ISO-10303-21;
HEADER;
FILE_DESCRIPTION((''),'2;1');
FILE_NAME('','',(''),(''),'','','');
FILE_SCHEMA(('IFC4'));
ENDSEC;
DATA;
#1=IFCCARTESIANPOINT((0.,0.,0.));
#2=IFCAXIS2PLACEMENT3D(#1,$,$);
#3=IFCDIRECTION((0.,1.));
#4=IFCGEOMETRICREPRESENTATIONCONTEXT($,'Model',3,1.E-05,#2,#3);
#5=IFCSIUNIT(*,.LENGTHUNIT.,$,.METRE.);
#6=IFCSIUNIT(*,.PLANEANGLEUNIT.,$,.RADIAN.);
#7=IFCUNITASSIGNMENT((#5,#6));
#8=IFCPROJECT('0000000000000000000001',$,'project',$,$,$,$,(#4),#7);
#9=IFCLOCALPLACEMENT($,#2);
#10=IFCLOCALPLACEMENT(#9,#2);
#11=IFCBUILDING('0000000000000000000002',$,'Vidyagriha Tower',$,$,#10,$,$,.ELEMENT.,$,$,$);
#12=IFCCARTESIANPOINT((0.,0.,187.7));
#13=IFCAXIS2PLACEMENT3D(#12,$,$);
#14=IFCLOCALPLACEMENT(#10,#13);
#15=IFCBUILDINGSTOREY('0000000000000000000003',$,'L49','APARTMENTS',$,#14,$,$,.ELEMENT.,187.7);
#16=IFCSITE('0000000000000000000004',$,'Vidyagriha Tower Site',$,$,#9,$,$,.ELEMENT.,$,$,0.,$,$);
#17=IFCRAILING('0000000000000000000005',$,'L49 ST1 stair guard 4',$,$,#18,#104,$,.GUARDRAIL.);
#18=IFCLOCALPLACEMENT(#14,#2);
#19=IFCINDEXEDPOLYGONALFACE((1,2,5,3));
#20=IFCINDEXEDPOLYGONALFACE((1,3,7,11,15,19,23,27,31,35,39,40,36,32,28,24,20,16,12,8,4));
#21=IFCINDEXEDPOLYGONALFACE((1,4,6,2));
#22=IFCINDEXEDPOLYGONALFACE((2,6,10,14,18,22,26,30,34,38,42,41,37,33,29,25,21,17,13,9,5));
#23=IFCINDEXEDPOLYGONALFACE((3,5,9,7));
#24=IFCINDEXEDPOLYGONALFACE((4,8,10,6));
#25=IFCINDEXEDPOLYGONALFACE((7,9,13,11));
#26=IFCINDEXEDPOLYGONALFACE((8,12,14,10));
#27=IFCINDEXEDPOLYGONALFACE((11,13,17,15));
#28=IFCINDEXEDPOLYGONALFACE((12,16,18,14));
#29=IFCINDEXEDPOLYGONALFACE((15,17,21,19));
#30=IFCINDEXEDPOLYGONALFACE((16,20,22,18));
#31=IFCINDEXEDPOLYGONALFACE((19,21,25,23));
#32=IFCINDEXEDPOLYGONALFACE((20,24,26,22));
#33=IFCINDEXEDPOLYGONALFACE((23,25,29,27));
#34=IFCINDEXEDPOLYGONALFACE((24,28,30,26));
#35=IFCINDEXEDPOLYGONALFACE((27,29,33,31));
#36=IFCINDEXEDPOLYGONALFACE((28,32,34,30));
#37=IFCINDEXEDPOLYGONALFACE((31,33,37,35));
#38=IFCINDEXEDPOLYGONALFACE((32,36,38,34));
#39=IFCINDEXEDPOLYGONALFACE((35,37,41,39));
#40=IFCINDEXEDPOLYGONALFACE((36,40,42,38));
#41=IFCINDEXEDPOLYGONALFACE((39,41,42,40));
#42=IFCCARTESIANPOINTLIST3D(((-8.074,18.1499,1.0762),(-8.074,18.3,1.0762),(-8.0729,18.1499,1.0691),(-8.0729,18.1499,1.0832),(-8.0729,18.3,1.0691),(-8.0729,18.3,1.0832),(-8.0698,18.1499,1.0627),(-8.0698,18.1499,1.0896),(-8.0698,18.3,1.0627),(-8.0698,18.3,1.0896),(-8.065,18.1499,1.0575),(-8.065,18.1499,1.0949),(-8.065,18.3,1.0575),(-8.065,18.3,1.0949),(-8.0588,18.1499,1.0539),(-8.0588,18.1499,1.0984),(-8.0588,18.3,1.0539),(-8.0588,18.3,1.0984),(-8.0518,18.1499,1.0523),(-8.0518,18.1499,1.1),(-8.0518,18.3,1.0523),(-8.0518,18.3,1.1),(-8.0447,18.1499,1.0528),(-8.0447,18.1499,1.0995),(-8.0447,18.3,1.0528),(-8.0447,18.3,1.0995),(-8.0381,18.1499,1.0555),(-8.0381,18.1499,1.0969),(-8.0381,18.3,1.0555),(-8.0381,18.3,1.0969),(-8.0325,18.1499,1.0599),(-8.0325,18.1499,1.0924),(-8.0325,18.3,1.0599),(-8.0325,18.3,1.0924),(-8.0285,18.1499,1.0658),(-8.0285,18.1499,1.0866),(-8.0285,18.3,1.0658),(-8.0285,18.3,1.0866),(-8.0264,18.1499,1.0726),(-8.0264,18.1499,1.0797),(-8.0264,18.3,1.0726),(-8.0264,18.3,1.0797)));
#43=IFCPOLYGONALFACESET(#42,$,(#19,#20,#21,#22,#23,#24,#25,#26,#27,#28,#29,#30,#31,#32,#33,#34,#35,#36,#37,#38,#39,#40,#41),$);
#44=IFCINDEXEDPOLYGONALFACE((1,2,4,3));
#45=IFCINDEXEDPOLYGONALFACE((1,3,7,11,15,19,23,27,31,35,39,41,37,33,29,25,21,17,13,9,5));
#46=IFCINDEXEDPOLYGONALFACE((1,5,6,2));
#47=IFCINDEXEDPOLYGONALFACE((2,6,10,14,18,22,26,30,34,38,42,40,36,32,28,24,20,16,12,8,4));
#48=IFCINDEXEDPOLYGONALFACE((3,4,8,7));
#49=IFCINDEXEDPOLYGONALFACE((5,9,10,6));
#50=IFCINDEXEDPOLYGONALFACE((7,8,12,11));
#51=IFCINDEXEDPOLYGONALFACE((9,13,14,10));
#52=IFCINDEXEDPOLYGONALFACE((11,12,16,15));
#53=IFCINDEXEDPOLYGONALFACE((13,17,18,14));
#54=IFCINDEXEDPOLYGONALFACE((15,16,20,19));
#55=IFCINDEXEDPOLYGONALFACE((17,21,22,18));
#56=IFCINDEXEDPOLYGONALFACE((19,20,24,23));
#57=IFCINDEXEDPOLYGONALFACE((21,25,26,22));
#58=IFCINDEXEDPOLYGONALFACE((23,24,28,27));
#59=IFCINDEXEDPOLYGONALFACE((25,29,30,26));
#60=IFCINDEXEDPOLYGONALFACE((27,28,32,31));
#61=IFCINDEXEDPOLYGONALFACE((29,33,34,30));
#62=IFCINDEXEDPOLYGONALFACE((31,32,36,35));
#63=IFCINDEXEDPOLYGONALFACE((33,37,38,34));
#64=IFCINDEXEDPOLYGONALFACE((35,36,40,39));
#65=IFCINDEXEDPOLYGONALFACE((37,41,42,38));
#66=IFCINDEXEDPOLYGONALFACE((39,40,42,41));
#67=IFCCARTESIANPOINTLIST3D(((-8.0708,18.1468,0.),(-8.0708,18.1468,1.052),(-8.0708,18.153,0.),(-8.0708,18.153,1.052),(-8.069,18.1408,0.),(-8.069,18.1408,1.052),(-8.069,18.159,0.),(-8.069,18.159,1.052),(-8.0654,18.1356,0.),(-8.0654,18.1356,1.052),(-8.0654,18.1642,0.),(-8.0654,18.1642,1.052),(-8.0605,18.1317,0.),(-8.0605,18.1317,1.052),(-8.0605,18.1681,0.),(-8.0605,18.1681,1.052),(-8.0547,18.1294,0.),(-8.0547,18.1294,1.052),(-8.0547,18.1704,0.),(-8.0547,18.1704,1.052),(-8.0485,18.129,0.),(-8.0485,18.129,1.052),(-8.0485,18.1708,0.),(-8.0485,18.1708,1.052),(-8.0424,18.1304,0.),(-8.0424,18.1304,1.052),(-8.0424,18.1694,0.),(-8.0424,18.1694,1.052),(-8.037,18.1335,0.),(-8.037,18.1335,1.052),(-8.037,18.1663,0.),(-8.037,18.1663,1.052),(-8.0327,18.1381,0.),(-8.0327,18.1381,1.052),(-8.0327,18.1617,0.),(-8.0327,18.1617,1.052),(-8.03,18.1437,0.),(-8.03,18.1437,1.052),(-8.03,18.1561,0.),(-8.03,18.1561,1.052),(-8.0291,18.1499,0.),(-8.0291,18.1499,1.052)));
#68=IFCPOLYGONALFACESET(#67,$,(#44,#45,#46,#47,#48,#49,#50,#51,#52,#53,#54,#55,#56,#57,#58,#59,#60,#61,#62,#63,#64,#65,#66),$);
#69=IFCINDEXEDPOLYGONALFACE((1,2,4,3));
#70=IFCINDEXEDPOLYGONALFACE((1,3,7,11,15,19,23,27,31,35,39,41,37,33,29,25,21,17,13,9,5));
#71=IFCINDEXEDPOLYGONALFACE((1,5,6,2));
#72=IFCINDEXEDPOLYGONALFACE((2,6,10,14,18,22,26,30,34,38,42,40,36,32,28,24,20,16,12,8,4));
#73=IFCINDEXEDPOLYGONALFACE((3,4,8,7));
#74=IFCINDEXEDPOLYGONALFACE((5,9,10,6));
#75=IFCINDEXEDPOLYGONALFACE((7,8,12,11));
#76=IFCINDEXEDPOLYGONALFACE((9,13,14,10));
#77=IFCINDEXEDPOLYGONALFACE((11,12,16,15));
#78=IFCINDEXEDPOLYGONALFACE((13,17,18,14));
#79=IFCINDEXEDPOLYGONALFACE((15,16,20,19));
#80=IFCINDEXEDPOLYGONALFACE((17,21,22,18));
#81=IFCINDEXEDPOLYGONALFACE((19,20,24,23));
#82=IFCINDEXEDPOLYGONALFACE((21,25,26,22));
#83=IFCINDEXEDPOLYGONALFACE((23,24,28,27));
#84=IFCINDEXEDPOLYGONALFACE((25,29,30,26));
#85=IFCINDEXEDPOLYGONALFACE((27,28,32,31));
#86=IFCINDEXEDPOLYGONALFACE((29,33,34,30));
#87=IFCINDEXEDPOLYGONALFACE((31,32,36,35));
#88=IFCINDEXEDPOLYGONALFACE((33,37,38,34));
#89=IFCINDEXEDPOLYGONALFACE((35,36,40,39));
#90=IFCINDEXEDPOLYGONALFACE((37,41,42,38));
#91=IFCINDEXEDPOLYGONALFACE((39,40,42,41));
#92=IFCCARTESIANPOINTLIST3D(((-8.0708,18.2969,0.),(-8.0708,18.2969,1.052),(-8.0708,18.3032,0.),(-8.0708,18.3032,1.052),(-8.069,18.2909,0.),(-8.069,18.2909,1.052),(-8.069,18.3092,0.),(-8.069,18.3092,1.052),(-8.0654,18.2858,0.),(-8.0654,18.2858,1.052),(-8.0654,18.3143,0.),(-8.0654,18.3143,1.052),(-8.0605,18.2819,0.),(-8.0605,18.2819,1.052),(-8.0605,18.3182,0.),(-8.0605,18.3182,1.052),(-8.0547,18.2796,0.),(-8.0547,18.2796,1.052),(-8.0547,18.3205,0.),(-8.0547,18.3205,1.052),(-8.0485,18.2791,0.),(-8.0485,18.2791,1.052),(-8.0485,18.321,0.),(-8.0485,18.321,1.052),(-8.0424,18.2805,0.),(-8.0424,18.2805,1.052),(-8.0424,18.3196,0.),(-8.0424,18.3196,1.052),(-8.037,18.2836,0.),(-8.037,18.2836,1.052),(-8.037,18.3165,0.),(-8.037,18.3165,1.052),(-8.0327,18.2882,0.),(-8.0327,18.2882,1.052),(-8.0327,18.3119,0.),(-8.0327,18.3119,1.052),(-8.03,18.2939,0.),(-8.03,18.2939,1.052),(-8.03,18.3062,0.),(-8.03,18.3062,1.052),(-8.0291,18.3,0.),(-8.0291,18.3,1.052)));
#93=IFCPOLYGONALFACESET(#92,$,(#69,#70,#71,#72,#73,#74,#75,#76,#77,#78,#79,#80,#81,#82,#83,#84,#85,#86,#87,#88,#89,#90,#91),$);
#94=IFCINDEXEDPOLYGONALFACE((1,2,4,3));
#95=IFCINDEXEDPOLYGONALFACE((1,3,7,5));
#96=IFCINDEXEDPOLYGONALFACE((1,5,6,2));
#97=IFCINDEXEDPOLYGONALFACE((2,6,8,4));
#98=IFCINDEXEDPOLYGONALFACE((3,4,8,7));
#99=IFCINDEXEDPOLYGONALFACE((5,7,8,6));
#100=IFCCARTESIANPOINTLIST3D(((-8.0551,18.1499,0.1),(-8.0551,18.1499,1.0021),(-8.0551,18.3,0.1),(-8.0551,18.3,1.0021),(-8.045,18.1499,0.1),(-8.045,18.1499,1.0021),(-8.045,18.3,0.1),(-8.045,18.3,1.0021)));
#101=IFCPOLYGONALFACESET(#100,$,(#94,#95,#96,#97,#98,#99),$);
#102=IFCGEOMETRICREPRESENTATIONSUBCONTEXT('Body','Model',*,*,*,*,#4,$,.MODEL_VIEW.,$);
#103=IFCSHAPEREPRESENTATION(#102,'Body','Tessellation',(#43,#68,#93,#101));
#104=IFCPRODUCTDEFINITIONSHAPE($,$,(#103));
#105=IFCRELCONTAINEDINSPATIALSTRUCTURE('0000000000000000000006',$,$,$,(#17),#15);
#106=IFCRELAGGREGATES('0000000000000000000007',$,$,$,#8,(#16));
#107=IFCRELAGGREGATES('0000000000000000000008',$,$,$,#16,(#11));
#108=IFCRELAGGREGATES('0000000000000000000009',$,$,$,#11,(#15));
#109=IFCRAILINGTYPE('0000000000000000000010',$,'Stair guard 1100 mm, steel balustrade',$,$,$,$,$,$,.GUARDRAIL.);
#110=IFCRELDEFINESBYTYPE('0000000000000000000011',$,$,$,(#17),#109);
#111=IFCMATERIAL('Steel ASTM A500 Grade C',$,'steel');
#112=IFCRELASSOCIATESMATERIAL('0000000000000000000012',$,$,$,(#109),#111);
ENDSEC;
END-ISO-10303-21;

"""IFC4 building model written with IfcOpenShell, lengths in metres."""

from ifc_helpers import new_model, si_unit, direction, frame, origin, origin_2d, place, context, subcontext, project, spatial, rectangle, circle, extrude, material, type_object, element, save


model = new_model("IFC4")

# Units and contexts
model_context = context("Model", 3, precision=1e-05, world=origin(), true_north=direction((0.0, 1.0)))
body_context = subcontext(model_context, "Body", "Model", "MODEL_VIEW")
ifc_project = project(units=[si_unit("LENGTHUNIT", "METRE"), si_unit("PLANEANGLEUNIT", "RADIAN")], contexts=[model_context])

# Site, building, storey
site_placement = place(None, origin())
site = spatial("IfcSite", under=ifc_project, at=site_placement, Name="Vidyagriha Tower Site", CompositionType="ELEMENT", RefElevation=0.0)
building_placement = place(site_placement, origin())
building = spatial("IfcBuilding", under=site, at=building_placement, Name="Vidyagriha Tower", CompositionType="ELEMENT")
storey_placement = place(building_placement, frame((0.0, 0.0, 187.7)))
storey = spatial("IfcBuildingStorey", under=building, at=storey_placement, Name="L49", Description="APARTMENTS", CompositionType="ELEMENT", Elevation=187.7)

# Railing
ifc_material_1 = material(Name="Steel ASTM A500 Grade C", Category="steel")
railing_type_1 = type_object("IfcRailingType", Name="Stair guard 1100 mm, steel balustrade", PredefinedType="GUARDRAIL", material=ifc_material_1)
railing_1_placement = place(storey_placement, frame((-8.05, 18.1499, 0.0)))
element("IfcRailing", 1, at=railing_1_placement, inside=storey, type_object=railing_type_1, Name="L49 ST1 stair guard 4", PredefinedType="GUARDRAIL", context=body_context, shape_type="SweptSolid", body=[
    extrude(circle(Radius=0.0239, at=origin_2d()), frame((0.0, 0.0, 1.0762), z_axis=(0.0, 1.0, 0.0), x_axis=(-1.0, 0.0, 0.0)), (0.0, 0.0, 1.0), 0.1501),
    extrude(circle(Radius=0.021, at=origin_2d()), origin(), (0.0, 0.0, 1.0), 1.052),
    extrude(circle(Radius=0.021, at=origin_2d()), frame((0.0, 0.1501, 0.0)), (0.0, 0.0, 1.0), 1.052),
    extrude(rectangle(XDim=0.01, YDim=0.9021, at=origin_2d()), frame((0.0, 0.0, 0.551), z_axis=(0.0, 1.0, 0.0), x_axis=(-1.0, 0.0, 0.0)), (0.0, 0.0, 1.0), 0.1501),
])

save(model, "model.ifc")
